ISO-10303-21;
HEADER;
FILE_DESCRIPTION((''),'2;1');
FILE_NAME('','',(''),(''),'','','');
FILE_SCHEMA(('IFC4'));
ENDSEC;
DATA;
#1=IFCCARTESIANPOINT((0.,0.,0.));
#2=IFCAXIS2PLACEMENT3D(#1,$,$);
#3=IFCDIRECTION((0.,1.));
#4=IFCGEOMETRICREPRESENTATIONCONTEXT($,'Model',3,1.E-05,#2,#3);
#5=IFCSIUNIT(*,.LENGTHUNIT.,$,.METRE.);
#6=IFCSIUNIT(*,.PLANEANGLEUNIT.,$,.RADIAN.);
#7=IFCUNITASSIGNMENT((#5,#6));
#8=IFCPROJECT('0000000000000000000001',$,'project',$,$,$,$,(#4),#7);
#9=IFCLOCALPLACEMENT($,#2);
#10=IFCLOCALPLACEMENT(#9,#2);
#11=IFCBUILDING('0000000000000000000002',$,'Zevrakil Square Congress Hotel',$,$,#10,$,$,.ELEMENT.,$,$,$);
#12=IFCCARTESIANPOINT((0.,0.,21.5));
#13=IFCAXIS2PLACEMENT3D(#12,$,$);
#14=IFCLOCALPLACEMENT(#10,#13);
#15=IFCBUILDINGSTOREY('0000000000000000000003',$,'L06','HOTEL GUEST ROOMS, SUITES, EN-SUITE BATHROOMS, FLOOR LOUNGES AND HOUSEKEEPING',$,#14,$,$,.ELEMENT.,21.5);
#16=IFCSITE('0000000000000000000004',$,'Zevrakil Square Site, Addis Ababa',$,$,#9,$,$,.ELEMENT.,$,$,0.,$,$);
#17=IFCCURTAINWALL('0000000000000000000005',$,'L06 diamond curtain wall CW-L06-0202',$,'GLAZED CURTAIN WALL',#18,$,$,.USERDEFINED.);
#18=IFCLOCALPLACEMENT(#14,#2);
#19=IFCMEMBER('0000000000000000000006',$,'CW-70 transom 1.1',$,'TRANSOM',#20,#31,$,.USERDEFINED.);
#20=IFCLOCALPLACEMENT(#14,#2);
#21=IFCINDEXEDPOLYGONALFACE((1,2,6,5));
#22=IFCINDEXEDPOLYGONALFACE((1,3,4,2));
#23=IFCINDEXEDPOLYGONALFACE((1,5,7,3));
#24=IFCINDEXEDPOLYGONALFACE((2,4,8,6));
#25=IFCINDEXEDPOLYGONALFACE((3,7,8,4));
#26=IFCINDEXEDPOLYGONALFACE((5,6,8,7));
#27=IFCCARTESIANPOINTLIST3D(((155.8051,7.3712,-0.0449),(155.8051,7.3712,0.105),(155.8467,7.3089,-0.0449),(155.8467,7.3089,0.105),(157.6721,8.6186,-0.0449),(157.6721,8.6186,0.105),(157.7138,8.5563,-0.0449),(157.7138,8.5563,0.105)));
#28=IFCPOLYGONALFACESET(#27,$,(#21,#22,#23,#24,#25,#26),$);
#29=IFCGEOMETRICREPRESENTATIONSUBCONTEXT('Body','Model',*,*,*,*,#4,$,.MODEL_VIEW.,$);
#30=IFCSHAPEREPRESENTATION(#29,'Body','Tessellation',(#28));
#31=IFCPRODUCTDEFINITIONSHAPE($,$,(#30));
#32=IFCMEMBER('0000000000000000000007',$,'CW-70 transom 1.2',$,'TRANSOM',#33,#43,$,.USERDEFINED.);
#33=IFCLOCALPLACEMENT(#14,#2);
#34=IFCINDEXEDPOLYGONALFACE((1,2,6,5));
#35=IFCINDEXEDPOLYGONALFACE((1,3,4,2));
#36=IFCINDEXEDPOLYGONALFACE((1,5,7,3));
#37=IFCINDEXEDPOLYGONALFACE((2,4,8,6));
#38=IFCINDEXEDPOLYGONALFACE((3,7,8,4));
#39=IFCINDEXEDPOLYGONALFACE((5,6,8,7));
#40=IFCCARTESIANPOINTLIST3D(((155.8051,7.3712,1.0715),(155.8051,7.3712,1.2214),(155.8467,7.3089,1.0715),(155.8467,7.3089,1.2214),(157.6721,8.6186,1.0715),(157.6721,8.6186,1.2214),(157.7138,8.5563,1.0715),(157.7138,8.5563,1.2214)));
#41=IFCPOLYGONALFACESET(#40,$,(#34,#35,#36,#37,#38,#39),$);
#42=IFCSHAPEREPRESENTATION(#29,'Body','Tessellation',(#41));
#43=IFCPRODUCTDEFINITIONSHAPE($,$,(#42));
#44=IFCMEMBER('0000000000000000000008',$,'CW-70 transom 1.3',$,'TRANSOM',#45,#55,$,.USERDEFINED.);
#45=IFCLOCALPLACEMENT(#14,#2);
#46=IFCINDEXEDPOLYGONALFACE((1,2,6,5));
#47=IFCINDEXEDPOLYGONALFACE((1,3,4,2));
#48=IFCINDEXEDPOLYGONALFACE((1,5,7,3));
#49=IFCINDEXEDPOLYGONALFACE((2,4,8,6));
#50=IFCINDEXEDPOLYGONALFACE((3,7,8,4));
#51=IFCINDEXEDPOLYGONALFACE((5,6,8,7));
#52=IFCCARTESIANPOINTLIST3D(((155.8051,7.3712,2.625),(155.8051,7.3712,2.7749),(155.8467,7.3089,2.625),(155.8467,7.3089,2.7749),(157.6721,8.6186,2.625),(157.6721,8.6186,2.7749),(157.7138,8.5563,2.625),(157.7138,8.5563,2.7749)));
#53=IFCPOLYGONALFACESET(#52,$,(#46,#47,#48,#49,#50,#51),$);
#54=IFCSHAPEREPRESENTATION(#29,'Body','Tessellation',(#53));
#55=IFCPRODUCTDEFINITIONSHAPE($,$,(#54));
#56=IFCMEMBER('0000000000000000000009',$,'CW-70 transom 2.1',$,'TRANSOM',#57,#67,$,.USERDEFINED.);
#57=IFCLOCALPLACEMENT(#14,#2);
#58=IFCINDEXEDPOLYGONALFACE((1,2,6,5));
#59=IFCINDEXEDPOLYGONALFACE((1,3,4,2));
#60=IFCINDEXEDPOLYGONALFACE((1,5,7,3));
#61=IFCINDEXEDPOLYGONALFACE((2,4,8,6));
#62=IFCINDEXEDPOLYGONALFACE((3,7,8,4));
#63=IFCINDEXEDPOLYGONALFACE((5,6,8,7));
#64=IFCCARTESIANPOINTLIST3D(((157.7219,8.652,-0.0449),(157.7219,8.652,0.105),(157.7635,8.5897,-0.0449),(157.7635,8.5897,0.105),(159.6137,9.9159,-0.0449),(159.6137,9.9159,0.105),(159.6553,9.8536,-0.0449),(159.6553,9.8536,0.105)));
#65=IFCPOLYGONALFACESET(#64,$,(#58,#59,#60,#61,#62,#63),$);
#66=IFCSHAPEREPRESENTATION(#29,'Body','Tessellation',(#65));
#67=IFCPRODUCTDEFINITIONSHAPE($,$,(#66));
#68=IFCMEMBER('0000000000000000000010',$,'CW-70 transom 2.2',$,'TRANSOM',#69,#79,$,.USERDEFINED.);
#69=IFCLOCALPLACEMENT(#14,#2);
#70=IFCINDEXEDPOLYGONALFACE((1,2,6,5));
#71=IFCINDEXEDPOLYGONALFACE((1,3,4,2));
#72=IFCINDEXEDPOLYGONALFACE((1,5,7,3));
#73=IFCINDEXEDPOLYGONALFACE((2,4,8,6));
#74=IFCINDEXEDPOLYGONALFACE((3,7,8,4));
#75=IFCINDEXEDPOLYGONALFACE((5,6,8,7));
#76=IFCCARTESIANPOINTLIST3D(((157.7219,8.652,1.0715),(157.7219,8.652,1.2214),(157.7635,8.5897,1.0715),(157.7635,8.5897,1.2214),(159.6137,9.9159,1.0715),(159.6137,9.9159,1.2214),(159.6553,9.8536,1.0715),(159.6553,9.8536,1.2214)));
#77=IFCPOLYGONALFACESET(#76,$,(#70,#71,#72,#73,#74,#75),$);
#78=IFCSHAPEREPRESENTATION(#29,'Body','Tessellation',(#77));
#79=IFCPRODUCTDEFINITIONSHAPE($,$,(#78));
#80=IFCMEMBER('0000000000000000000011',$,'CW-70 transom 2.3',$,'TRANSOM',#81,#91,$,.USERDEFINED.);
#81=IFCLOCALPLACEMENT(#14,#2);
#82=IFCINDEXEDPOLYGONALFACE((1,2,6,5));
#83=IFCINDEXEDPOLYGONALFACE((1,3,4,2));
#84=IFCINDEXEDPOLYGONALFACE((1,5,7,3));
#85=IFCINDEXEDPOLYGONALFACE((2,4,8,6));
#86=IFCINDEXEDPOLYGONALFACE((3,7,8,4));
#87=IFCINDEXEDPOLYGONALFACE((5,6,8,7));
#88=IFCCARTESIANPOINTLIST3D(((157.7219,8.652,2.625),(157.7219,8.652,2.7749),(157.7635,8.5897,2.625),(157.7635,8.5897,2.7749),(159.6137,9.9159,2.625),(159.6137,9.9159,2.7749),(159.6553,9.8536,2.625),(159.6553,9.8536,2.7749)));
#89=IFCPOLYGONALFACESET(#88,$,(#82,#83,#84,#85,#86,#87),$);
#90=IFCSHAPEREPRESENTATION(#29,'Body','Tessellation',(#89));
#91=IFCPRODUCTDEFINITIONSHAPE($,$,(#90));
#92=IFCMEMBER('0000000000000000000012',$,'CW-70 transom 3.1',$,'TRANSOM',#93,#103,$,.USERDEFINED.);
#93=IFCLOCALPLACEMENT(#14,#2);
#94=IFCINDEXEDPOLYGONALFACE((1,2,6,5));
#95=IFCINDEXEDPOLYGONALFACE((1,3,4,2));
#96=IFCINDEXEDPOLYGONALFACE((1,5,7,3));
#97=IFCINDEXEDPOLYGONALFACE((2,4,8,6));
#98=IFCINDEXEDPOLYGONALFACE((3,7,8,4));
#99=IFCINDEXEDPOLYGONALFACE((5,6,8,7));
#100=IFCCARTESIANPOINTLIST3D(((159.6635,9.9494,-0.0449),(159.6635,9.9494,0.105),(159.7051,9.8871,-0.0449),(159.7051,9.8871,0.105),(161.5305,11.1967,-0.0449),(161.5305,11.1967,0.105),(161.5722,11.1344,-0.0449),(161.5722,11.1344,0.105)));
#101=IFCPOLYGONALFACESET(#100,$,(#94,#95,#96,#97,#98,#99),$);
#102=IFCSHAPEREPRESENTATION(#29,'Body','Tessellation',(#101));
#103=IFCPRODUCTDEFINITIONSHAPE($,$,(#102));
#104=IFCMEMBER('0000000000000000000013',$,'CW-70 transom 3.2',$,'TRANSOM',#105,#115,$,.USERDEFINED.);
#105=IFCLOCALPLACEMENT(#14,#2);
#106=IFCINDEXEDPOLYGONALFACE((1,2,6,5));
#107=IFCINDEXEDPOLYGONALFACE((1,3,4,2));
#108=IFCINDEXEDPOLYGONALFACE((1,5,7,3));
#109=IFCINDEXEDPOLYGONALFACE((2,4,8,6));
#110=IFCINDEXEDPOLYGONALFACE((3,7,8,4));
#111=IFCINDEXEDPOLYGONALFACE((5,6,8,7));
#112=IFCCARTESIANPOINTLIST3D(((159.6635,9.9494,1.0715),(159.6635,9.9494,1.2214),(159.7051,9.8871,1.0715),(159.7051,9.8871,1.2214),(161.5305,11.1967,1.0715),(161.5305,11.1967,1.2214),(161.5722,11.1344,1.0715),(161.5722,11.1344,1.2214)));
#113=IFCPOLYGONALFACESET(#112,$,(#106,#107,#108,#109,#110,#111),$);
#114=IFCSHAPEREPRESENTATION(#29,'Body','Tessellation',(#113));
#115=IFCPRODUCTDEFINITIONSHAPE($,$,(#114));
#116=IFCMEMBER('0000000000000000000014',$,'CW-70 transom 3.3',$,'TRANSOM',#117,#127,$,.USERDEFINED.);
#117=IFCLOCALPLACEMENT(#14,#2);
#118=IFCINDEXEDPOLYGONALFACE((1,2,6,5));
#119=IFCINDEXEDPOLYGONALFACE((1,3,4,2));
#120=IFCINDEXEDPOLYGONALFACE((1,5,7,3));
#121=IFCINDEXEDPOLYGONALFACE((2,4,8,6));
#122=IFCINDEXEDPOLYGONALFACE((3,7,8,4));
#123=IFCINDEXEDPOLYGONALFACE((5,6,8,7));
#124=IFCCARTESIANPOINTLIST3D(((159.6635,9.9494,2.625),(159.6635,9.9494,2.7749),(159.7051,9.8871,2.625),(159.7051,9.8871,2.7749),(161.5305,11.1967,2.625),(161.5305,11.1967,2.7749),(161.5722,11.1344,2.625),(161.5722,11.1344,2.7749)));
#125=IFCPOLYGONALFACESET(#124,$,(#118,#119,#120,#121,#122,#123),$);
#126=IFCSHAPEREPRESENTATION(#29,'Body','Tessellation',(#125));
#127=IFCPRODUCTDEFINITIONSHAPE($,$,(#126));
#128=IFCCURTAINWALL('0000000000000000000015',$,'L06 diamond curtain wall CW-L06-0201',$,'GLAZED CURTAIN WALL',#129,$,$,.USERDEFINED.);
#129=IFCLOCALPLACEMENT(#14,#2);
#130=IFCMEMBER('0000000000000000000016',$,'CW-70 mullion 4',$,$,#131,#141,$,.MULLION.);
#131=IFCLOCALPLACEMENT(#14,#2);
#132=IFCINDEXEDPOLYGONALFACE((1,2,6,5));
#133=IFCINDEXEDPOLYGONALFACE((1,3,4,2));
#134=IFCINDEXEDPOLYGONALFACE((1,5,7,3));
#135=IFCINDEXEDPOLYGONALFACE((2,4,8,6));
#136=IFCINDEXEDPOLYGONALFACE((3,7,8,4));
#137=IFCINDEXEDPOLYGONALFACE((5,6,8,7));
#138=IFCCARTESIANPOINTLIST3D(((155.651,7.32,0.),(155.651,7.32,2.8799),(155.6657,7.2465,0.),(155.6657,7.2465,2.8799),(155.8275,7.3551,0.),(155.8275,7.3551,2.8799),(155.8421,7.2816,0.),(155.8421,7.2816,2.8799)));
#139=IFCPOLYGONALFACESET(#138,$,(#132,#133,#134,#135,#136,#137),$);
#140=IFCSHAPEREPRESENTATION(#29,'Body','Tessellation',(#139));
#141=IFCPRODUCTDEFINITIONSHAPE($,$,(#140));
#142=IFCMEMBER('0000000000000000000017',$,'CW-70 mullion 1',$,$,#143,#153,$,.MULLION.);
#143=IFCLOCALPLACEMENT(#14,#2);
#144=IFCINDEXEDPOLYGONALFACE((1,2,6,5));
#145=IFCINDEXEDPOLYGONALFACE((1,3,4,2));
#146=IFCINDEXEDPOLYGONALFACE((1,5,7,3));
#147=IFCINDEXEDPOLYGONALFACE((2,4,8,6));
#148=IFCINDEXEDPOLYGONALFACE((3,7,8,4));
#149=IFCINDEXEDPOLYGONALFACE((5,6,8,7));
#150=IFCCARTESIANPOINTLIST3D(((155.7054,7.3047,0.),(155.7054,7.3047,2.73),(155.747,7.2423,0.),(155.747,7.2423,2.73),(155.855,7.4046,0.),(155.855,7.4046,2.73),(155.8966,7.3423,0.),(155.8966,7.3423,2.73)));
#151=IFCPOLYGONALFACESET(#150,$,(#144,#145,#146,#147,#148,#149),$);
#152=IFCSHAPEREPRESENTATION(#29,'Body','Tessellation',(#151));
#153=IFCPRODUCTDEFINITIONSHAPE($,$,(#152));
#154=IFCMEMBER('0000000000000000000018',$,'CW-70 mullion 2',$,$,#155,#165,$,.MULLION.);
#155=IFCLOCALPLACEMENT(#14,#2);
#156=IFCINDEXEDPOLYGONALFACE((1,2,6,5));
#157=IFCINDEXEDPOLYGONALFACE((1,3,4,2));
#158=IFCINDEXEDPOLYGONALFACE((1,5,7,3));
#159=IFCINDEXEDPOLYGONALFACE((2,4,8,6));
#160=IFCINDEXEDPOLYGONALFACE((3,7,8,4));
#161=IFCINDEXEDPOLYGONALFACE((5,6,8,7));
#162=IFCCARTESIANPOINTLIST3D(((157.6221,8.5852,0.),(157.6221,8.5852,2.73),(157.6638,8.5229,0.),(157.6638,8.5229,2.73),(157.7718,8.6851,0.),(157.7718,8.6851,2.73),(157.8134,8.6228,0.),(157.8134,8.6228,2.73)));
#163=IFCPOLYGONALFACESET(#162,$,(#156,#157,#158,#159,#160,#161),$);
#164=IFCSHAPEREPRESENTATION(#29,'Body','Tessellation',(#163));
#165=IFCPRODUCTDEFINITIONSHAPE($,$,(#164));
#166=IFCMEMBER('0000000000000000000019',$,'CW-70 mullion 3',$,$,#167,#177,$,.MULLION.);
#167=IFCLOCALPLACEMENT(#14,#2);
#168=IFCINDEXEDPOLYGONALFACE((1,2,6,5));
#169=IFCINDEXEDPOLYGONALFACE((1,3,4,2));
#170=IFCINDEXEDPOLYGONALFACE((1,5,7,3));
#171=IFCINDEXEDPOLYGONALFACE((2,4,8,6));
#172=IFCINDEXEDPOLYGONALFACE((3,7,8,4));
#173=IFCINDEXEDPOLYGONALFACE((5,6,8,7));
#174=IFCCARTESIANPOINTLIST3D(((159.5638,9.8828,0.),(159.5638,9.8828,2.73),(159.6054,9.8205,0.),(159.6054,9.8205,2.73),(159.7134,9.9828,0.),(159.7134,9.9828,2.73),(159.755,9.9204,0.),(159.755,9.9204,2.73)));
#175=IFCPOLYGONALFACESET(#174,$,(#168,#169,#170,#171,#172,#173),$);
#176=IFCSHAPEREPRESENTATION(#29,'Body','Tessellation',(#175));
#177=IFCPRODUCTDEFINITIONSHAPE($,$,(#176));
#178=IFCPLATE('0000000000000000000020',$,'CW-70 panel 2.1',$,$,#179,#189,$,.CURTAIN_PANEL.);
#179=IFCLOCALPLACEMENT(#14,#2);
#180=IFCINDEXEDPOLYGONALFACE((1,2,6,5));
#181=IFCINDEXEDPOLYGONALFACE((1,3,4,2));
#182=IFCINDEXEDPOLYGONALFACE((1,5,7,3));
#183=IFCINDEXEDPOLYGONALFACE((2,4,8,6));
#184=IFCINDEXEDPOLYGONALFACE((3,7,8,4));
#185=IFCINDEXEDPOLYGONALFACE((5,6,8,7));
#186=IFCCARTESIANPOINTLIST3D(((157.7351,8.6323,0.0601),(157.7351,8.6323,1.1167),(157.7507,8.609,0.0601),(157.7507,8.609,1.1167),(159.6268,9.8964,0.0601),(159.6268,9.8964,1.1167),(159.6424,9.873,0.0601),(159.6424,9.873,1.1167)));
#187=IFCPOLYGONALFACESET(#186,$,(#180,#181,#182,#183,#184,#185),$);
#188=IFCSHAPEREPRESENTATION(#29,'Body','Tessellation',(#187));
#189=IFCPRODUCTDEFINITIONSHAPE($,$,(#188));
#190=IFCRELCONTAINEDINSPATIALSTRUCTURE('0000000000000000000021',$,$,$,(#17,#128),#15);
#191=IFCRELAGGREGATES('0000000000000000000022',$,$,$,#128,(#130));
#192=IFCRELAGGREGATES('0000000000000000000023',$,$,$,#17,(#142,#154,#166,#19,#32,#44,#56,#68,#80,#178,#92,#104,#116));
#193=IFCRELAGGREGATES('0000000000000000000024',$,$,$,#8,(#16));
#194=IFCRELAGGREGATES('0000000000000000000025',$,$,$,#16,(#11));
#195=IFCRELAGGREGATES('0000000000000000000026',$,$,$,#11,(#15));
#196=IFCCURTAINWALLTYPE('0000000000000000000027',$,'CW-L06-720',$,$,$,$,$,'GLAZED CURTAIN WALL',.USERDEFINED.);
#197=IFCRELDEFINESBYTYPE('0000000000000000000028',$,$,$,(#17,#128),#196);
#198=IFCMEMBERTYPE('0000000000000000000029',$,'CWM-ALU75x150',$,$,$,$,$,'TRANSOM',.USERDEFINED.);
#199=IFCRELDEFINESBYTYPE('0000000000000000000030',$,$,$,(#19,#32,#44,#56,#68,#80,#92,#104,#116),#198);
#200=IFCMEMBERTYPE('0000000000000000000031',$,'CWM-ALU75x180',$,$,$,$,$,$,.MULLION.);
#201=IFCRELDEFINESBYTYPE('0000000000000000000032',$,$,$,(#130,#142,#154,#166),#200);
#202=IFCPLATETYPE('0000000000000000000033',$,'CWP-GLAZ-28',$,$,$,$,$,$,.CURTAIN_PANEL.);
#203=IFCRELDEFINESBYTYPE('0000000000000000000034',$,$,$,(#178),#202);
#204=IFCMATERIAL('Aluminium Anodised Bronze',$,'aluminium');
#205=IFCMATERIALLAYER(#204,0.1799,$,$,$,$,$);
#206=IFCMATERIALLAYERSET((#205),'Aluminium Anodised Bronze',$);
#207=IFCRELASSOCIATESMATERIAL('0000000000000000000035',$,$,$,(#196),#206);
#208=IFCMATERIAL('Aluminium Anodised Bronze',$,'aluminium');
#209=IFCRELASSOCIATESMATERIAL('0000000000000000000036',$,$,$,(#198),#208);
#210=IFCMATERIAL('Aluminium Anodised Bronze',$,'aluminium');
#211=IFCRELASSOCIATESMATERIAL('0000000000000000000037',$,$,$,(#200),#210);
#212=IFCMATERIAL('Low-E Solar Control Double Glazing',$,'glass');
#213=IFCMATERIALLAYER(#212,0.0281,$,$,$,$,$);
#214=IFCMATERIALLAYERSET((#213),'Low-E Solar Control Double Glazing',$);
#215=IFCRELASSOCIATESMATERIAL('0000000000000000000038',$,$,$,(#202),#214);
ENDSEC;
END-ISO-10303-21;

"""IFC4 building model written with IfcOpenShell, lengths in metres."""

from ifc_helpers import new_model, si_unit, direction, frame, origin, origin_2d, place, context, subcontext, project, spatial, rectangle, extrude, material, layer, layer_set, material_profile, profile_set, type_object, element, aggregate, save


model = new_model("IFC4")

# Units and contexts
model_context = context("Model", 3, precision=1e-05, world=origin(), true_north=direction((0.0, 1.0)))
body_context = subcontext(model_context, "Body", "Model", "MODEL_VIEW")
ifc_project = project(units=[si_unit("LENGTHUNIT", "METRE"), si_unit("PLANEANGLEUNIT", "RADIAN")], contexts=[model_context])

# Site, building, storey
site_placement = place(None, origin())
site = spatial("IfcSite", under=ifc_project, at=site_placement, Name="Zevrakil Square Site, Addis Ababa", CompositionType="ELEMENT", RefElevation=0.0)
building_placement = place(site_placement, origin())
building = spatial("IfcBuilding", under=site, at=building_placement, Name="Zevrakil Square Congress Hotel", CompositionType="ELEMENT")
storey_placement = place(building_placement, frame((0.0, 0.0, 21.5)))
storey = spatial("IfcBuildingStorey", under=building, at=storey_placement, Name="L06", Description="HOTEL GUEST ROOMS, SUITES, EN-SUITE BATHROOMS, FLOOR LOUNGES AND HOUSEKEEPING", CompositionType="ELEMENT", Elevation=21.5)

# Curtain wall, members
ifc_material_1 = material(Name="Aluminium Anodised Bronze", Category="aluminium")
ifc_layer_1 = layer(ifc_material_1, 0.1799)
ifc_layer_set_1 = layer_set([ifc_layer_1], Name="Aluminium Anodised Bronze")
curtain_wall_type = type_object("IfcCurtainWallType", Name="CW-L06-720", ElementType="GLAZED CURTAIN WALL", PredefinedType="USERDEFINED", material=ifc_layer_set_1)
curtain_wall_1_placement = place(storey_placement, origin())
curtain_wall_1 = element("IfcCurtainWall", 1, at=curtain_wall_1_placement, inside=storey, type_object=curtain_wall_type, Name="L06 diamond curtain wall CW-L06-0202", ObjectType="GLAZED CURTAIN WALL", PredefinedType="USERDEFINED")
ifc_material_2 = material(Name="Aluminium Anodised Bronze", Category="aluminium")
ifc_material_profile_1 = material_profile(ifc_material_2, rectangle(XDim=0.075, YDim=0.1499, at=origin_2d()), Name="ALU 75x150")
ifc_profile_set_1 = profile_set([ifc_material_profile_1], Name="Aluminium Anodised Bronze")
member_type_1 = type_object("IfcMemberType", Name="CWM-ALU75x150", ElementType="TRANSOM", PredefinedType="USERDEFINED", material=ifc_profile_set_1)
member_1_placement = place(storey_placement, frame((155.8259, 7.3401, 0.03), z_axis=(0.831498, 0.555528, 0.0), x_axis=(-0.555528, 0.831498, 0.0)))
member_1 = element("IfcMember", 2, at=member_1_placement, type_object=member_type_1, Name="CW-70 transom 1.1", ObjectType="TRANSOM", PredefinedType="USERDEFINED", context=body_context, shape_type="SweptSolid", body=[
    extrude(rectangle(XDim=0.075, YDim=0.1499, at=origin_2d()), origin(), (0.0, 0.0, 1.0), 2.2454),
])
member_2_placement = place(storey_placement, frame((155.8259, 7.3401, 1.1465), z_axis=(0.831498, 0.555528, 0.0), x_axis=(-0.555528, 0.831498, 0.0)))
member_2 = element("IfcMember", 3, at=member_2_placement, type_object=member_type_1, Name="CW-70 transom 1.2", ObjectType="TRANSOM", PredefinedType="USERDEFINED", context=body_context, shape_type="SweptSolid", body=[
    extrude(rectangle(XDim=0.075, YDim=0.1499, at=origin_2d()), origin(), (0.0, 0.0, 1.0), 2.2454),
])
member_3_placement = place(storey_placement, frame((155.8259, 7.3401, 2.7), z_axis=(0.831498, 0.555528, 0.0), x_axis=(-0.555528, 0.831498, 0.0)))
member_3 = element("IfcMember", 4, at=member_3_placement, type_object=member_type_1, Name="CW-70 transom 1.3", ObjectType="TRANSOM", PredefinedType="USERDEFINED", context=body_context, shape_type="SweptSolid", body=[
    extrude(rectangle(XDim=0.075, YDim=0.1499, at=origin_2d()), origin(), (0.0, 0.0, 1.0), 2.2454),
])
member_4_placement = place(storey_placement, frame((157.7427, 8.6208, 0.03), z_axis=(0.831505, 0.555517, 0.0), x_axis=(-0.555517, 0.831505, 0.0)))
member_4 = element("IfcMember", 5, at=member_4_placement, type_object=member_type_1, Name="CW-70 transom 2.1", ObjectType="TRANSOM", PredefinedType="USERDEFINED", context=body_context, shape_type="SweptSolid", body=[
    extrude(rectangle(XDim=0.075, YDim=0.1499, at=origin_2d()), origin(), (0.0, 0.0, 1.0), 2.2751),
])
member_5_placement = place(storey_placement, frame((157.7427, 8.6208, 1.1465), z_axis=(0.831505, 0.555517, 0.0), x_axis=(-0.555517, 0.831505, 0.0)))
member_5 = element("IfcMember", 6, at=member_5_placement, type_object=member_type_1, Name="CW-70 transom 2.2", ObjectType="TRANSOM", PredefinedType="USERDEFINED", context=body_context, shape_type="SweptSolid", body=[
    extrude(rectangle(XDim=0.075, YDim=0.1499, at=origin_2d()), origin(), (0.0, 0.0, 1.0), 2.2751),
])
member_6_placement = place(storey_placement, frame((157.7427, 8.6208, 2.7), z_axis=(0.831505, 0.555517, 0.0), x_axis=(-0.555517, 0.831505, 0.0)))
member_6 = element("IfcMember", 7, at=member_6_placement, type_object=member_type_1, Name="CW-70 transom 2.3", ObjectType="TRANSOM", PredefinedType="USERDEFINED", context=body_context, shape_type="SweptSolid", body=[
    extrude(rectangle(XDim=0.075, YDim=0.1499, at=origin_2d()), origin(), (0.0, 0.0, 1.0), 2.2751),
])
member_7_placement = place(storey_placement, frame((159.6843, 9.9182, 0.03), z_axis=(0.831498, 0.555528, 0.0), x_axis=(-0.555528, 0.831498, 0.0)))
member_7 = element("IfcMember", 8, at=member_7_placement, type_object=member_type_1, Name="CW-70 transom 3.1", ObjectType="TRANSOM", PredefinedType="USERDEFINED", context=body_context, shape_type="SweptSolid", body=[
    extrude(rectangle(XDim=0.075, YDim=0.1499, at=origin_2d()), origin(), (0.0, 0.0, 1.0), 2.2454),
])
member_8_placement = place(storey_placement, frame((159.6843, 9.9182, 1.1465), z_axis=(0.831498, 0.555528, 0.0), x_axis=(-0.555528, 0.831498, 0.0)))
member_8 = element("IfcMember", 9, at=member_8_placement, type_object=member_type_1, Name="CW-70 transom 3.2", ObjectType="TRANSOM", PredefinedType="USERDEFINED", context=body_context, shape_type="SweptSolid", body=[
    extrude(rectangle(XDim=0.075, YDim=0.1499, at=origin_2d()), origin(), (0.0, 0.0, 1.0), 2.2454),
])
member_9_placement = place(storey_placement, frame((159.6843, 9.9182, 2.7), z_axis=(0.831498, 0.555528, 0.0), x_axis=(-0.555528, 0.831498, 0.0)))
member_9 = element("IfcMember", 10, at=member_9_placement, type_object=member_type_1, Name="CW-70 transom 3.3", ObjectType="TRANSOM", PredefinedType="USERDEFINED", context=body_context, shape_type="SweptSolid", body=[
    extrude(rectangle(XDim=0.075, YDim=0.1499, at=origin_2d()), origin(), (0.0, 0.0, 1.0), 2.2454),
])

# Curtain wall, member
curtain_wall_2_placement = place(storey_placement, origin())
curtain_wall_2 = element("IfcCurtainWall", 11, at=curtain_wall_2_placement, inside=storey, type_object=curtain_wall_type, Name="L06 diamond curtain wall CW-L06-0201", ObjectType="GLAZED CURTAIN WALL", PredefinedType="USERDEFINED")
ifc_material_3 = material(Name="Aluminium Anodised Bronze", Category="aluminium")
ifc_material_profile_2 = material_profile(ifc_material_3, rectangle(XDim=0.075, YDim=0.1799, at=origin_2d()), Name="ALU 75x180")
ifc_profile_set_2 = profile_set([ifc_material_profile_2], Name="Aluminium Anodised Bronze")
member_type_2 = type_object("IfcMemberType", Name="CWM-ALU75x180", PredefinedType="MULLION", material=ifc_profile_set_2)
member_10_placement = place(storey_placement, frame((155.7466, 7.3008, 0.0), z_axis=(0.0, 0.0, 1.0), x_axis=(-0.195084, 0.980787, 0.0)))
member_10 = element("IfcMember", 12, at=member_10_placement, type_object=member_type_2, Name="CW-70 mullion 4", PredefinedType="MULLION", context=body_context, shape_type="SweptSolid", body=[
    extrude(rectangle(XDim=0.075, YDim=0.1799, at=origin_2d()), origin(), (0.0, 0.0, 1.0), 2.8799),
])
aggregate(curtain_wall_2, [member_10])

# Members
member_11_placement = place(storey_placement, frame((155.801, 7.3235, 0.0), z_axis=(0.0, 0.0, 1.0), x_axis=(-0.555576, 0.831466, 0.0)))
member_11 = element("IfcMember", 13, at=member_11_placement, type_object=member_type_2, Name="CW-70 mullion 1", PredefinedType="MULLION", context=body_context, shape_type="SweptSolid", body=[
    extrude(rectangle(XDim=0.075, YDim=0.1799, at=origin_2d()), origin(), (0.0, 0.0, 1.0), 2.73),
])
member_12_placement = place(storey_placement, frame((157.7178, 8.604, 0.0), z_axis=(0.0, 0.0, 1.0), x_axis=(-0.555576, 0.831466, 0.0)))
member_12 = element("IfcMember", 14, at=member_12_placement, type_object=member_type_2, Name="CW-70 mullion 2", PredefinedType="MULLION", context=body_context, shape_type="SweptSolid", body=[
    extrude(rectangle(XDim=0.075, YDim=0.1799, at=origin_2d()), origin(), (0.0, 0.0, 1.0), 2.73),
])
member_13_placement = place(storey_placement, frame((159.6594, 9.9016, 0.0), z_axis=(0.0, 0.0, 1.0), x_axis=(-0.555576, 0.831466, 0.0)))
member_13 = element("IfcMember", 15, at=member_13_placement, type_object=member_type_2, Name="CW-70 mullion 3", PredefinedType="MULLION", context=body_context, shape_type="SweptSolid", body=[
    extrude(rectangle(XDim=0.075, YDim=0.1799, at=origin_2d()), origin(), (0.0, 0.0, 1.0), 2.73),
])

# Plate
ifc_material_4 = material(Name="Low-E Solar Control Double Glazing", Category="glass")
ifc_layer_2 = layer(ifc_material_4, 0.0281)
ifc_layer_set_2 = layer_set([ifc_layer_2], Name="Low-E Solar Control Double Glazing")
plate_type_1 = type_object("IfcPlateType", Name="CWP-GLAZ-28", PredefinedType="CURTAIN_PANEL", material=ifc_layer_set_2)
plate_1_placement = place(storey_placement, frame((158.6887, 9.2527, 0.0601), z_axis=(0.0, 0.0, 1.0), x_axis=(0.831466, 0.555576, 0.0)))
plate_1 = element("IfcPlate", 16, at=plate_1_placement, type_object=plate_type_1, Name="CW-70 panel 2.1", PredefinedType="CURTAIN_PANEL", context=body_context, shape_type="SweptSolid", body=[
    extrude(rectangle(XDim=2.2751, YDim=0.0281, at=origin_2d()), origin(), (0.0, 0.0, 1.0), 1.0566),
])
aggregate(curtain_wall_1, [member_11, member_12, member_13, member_1, member_2, member_3, member_4, member_5, member_6, plate_1, member_7, member_8, member_9])

save(model, "model.ifc")
